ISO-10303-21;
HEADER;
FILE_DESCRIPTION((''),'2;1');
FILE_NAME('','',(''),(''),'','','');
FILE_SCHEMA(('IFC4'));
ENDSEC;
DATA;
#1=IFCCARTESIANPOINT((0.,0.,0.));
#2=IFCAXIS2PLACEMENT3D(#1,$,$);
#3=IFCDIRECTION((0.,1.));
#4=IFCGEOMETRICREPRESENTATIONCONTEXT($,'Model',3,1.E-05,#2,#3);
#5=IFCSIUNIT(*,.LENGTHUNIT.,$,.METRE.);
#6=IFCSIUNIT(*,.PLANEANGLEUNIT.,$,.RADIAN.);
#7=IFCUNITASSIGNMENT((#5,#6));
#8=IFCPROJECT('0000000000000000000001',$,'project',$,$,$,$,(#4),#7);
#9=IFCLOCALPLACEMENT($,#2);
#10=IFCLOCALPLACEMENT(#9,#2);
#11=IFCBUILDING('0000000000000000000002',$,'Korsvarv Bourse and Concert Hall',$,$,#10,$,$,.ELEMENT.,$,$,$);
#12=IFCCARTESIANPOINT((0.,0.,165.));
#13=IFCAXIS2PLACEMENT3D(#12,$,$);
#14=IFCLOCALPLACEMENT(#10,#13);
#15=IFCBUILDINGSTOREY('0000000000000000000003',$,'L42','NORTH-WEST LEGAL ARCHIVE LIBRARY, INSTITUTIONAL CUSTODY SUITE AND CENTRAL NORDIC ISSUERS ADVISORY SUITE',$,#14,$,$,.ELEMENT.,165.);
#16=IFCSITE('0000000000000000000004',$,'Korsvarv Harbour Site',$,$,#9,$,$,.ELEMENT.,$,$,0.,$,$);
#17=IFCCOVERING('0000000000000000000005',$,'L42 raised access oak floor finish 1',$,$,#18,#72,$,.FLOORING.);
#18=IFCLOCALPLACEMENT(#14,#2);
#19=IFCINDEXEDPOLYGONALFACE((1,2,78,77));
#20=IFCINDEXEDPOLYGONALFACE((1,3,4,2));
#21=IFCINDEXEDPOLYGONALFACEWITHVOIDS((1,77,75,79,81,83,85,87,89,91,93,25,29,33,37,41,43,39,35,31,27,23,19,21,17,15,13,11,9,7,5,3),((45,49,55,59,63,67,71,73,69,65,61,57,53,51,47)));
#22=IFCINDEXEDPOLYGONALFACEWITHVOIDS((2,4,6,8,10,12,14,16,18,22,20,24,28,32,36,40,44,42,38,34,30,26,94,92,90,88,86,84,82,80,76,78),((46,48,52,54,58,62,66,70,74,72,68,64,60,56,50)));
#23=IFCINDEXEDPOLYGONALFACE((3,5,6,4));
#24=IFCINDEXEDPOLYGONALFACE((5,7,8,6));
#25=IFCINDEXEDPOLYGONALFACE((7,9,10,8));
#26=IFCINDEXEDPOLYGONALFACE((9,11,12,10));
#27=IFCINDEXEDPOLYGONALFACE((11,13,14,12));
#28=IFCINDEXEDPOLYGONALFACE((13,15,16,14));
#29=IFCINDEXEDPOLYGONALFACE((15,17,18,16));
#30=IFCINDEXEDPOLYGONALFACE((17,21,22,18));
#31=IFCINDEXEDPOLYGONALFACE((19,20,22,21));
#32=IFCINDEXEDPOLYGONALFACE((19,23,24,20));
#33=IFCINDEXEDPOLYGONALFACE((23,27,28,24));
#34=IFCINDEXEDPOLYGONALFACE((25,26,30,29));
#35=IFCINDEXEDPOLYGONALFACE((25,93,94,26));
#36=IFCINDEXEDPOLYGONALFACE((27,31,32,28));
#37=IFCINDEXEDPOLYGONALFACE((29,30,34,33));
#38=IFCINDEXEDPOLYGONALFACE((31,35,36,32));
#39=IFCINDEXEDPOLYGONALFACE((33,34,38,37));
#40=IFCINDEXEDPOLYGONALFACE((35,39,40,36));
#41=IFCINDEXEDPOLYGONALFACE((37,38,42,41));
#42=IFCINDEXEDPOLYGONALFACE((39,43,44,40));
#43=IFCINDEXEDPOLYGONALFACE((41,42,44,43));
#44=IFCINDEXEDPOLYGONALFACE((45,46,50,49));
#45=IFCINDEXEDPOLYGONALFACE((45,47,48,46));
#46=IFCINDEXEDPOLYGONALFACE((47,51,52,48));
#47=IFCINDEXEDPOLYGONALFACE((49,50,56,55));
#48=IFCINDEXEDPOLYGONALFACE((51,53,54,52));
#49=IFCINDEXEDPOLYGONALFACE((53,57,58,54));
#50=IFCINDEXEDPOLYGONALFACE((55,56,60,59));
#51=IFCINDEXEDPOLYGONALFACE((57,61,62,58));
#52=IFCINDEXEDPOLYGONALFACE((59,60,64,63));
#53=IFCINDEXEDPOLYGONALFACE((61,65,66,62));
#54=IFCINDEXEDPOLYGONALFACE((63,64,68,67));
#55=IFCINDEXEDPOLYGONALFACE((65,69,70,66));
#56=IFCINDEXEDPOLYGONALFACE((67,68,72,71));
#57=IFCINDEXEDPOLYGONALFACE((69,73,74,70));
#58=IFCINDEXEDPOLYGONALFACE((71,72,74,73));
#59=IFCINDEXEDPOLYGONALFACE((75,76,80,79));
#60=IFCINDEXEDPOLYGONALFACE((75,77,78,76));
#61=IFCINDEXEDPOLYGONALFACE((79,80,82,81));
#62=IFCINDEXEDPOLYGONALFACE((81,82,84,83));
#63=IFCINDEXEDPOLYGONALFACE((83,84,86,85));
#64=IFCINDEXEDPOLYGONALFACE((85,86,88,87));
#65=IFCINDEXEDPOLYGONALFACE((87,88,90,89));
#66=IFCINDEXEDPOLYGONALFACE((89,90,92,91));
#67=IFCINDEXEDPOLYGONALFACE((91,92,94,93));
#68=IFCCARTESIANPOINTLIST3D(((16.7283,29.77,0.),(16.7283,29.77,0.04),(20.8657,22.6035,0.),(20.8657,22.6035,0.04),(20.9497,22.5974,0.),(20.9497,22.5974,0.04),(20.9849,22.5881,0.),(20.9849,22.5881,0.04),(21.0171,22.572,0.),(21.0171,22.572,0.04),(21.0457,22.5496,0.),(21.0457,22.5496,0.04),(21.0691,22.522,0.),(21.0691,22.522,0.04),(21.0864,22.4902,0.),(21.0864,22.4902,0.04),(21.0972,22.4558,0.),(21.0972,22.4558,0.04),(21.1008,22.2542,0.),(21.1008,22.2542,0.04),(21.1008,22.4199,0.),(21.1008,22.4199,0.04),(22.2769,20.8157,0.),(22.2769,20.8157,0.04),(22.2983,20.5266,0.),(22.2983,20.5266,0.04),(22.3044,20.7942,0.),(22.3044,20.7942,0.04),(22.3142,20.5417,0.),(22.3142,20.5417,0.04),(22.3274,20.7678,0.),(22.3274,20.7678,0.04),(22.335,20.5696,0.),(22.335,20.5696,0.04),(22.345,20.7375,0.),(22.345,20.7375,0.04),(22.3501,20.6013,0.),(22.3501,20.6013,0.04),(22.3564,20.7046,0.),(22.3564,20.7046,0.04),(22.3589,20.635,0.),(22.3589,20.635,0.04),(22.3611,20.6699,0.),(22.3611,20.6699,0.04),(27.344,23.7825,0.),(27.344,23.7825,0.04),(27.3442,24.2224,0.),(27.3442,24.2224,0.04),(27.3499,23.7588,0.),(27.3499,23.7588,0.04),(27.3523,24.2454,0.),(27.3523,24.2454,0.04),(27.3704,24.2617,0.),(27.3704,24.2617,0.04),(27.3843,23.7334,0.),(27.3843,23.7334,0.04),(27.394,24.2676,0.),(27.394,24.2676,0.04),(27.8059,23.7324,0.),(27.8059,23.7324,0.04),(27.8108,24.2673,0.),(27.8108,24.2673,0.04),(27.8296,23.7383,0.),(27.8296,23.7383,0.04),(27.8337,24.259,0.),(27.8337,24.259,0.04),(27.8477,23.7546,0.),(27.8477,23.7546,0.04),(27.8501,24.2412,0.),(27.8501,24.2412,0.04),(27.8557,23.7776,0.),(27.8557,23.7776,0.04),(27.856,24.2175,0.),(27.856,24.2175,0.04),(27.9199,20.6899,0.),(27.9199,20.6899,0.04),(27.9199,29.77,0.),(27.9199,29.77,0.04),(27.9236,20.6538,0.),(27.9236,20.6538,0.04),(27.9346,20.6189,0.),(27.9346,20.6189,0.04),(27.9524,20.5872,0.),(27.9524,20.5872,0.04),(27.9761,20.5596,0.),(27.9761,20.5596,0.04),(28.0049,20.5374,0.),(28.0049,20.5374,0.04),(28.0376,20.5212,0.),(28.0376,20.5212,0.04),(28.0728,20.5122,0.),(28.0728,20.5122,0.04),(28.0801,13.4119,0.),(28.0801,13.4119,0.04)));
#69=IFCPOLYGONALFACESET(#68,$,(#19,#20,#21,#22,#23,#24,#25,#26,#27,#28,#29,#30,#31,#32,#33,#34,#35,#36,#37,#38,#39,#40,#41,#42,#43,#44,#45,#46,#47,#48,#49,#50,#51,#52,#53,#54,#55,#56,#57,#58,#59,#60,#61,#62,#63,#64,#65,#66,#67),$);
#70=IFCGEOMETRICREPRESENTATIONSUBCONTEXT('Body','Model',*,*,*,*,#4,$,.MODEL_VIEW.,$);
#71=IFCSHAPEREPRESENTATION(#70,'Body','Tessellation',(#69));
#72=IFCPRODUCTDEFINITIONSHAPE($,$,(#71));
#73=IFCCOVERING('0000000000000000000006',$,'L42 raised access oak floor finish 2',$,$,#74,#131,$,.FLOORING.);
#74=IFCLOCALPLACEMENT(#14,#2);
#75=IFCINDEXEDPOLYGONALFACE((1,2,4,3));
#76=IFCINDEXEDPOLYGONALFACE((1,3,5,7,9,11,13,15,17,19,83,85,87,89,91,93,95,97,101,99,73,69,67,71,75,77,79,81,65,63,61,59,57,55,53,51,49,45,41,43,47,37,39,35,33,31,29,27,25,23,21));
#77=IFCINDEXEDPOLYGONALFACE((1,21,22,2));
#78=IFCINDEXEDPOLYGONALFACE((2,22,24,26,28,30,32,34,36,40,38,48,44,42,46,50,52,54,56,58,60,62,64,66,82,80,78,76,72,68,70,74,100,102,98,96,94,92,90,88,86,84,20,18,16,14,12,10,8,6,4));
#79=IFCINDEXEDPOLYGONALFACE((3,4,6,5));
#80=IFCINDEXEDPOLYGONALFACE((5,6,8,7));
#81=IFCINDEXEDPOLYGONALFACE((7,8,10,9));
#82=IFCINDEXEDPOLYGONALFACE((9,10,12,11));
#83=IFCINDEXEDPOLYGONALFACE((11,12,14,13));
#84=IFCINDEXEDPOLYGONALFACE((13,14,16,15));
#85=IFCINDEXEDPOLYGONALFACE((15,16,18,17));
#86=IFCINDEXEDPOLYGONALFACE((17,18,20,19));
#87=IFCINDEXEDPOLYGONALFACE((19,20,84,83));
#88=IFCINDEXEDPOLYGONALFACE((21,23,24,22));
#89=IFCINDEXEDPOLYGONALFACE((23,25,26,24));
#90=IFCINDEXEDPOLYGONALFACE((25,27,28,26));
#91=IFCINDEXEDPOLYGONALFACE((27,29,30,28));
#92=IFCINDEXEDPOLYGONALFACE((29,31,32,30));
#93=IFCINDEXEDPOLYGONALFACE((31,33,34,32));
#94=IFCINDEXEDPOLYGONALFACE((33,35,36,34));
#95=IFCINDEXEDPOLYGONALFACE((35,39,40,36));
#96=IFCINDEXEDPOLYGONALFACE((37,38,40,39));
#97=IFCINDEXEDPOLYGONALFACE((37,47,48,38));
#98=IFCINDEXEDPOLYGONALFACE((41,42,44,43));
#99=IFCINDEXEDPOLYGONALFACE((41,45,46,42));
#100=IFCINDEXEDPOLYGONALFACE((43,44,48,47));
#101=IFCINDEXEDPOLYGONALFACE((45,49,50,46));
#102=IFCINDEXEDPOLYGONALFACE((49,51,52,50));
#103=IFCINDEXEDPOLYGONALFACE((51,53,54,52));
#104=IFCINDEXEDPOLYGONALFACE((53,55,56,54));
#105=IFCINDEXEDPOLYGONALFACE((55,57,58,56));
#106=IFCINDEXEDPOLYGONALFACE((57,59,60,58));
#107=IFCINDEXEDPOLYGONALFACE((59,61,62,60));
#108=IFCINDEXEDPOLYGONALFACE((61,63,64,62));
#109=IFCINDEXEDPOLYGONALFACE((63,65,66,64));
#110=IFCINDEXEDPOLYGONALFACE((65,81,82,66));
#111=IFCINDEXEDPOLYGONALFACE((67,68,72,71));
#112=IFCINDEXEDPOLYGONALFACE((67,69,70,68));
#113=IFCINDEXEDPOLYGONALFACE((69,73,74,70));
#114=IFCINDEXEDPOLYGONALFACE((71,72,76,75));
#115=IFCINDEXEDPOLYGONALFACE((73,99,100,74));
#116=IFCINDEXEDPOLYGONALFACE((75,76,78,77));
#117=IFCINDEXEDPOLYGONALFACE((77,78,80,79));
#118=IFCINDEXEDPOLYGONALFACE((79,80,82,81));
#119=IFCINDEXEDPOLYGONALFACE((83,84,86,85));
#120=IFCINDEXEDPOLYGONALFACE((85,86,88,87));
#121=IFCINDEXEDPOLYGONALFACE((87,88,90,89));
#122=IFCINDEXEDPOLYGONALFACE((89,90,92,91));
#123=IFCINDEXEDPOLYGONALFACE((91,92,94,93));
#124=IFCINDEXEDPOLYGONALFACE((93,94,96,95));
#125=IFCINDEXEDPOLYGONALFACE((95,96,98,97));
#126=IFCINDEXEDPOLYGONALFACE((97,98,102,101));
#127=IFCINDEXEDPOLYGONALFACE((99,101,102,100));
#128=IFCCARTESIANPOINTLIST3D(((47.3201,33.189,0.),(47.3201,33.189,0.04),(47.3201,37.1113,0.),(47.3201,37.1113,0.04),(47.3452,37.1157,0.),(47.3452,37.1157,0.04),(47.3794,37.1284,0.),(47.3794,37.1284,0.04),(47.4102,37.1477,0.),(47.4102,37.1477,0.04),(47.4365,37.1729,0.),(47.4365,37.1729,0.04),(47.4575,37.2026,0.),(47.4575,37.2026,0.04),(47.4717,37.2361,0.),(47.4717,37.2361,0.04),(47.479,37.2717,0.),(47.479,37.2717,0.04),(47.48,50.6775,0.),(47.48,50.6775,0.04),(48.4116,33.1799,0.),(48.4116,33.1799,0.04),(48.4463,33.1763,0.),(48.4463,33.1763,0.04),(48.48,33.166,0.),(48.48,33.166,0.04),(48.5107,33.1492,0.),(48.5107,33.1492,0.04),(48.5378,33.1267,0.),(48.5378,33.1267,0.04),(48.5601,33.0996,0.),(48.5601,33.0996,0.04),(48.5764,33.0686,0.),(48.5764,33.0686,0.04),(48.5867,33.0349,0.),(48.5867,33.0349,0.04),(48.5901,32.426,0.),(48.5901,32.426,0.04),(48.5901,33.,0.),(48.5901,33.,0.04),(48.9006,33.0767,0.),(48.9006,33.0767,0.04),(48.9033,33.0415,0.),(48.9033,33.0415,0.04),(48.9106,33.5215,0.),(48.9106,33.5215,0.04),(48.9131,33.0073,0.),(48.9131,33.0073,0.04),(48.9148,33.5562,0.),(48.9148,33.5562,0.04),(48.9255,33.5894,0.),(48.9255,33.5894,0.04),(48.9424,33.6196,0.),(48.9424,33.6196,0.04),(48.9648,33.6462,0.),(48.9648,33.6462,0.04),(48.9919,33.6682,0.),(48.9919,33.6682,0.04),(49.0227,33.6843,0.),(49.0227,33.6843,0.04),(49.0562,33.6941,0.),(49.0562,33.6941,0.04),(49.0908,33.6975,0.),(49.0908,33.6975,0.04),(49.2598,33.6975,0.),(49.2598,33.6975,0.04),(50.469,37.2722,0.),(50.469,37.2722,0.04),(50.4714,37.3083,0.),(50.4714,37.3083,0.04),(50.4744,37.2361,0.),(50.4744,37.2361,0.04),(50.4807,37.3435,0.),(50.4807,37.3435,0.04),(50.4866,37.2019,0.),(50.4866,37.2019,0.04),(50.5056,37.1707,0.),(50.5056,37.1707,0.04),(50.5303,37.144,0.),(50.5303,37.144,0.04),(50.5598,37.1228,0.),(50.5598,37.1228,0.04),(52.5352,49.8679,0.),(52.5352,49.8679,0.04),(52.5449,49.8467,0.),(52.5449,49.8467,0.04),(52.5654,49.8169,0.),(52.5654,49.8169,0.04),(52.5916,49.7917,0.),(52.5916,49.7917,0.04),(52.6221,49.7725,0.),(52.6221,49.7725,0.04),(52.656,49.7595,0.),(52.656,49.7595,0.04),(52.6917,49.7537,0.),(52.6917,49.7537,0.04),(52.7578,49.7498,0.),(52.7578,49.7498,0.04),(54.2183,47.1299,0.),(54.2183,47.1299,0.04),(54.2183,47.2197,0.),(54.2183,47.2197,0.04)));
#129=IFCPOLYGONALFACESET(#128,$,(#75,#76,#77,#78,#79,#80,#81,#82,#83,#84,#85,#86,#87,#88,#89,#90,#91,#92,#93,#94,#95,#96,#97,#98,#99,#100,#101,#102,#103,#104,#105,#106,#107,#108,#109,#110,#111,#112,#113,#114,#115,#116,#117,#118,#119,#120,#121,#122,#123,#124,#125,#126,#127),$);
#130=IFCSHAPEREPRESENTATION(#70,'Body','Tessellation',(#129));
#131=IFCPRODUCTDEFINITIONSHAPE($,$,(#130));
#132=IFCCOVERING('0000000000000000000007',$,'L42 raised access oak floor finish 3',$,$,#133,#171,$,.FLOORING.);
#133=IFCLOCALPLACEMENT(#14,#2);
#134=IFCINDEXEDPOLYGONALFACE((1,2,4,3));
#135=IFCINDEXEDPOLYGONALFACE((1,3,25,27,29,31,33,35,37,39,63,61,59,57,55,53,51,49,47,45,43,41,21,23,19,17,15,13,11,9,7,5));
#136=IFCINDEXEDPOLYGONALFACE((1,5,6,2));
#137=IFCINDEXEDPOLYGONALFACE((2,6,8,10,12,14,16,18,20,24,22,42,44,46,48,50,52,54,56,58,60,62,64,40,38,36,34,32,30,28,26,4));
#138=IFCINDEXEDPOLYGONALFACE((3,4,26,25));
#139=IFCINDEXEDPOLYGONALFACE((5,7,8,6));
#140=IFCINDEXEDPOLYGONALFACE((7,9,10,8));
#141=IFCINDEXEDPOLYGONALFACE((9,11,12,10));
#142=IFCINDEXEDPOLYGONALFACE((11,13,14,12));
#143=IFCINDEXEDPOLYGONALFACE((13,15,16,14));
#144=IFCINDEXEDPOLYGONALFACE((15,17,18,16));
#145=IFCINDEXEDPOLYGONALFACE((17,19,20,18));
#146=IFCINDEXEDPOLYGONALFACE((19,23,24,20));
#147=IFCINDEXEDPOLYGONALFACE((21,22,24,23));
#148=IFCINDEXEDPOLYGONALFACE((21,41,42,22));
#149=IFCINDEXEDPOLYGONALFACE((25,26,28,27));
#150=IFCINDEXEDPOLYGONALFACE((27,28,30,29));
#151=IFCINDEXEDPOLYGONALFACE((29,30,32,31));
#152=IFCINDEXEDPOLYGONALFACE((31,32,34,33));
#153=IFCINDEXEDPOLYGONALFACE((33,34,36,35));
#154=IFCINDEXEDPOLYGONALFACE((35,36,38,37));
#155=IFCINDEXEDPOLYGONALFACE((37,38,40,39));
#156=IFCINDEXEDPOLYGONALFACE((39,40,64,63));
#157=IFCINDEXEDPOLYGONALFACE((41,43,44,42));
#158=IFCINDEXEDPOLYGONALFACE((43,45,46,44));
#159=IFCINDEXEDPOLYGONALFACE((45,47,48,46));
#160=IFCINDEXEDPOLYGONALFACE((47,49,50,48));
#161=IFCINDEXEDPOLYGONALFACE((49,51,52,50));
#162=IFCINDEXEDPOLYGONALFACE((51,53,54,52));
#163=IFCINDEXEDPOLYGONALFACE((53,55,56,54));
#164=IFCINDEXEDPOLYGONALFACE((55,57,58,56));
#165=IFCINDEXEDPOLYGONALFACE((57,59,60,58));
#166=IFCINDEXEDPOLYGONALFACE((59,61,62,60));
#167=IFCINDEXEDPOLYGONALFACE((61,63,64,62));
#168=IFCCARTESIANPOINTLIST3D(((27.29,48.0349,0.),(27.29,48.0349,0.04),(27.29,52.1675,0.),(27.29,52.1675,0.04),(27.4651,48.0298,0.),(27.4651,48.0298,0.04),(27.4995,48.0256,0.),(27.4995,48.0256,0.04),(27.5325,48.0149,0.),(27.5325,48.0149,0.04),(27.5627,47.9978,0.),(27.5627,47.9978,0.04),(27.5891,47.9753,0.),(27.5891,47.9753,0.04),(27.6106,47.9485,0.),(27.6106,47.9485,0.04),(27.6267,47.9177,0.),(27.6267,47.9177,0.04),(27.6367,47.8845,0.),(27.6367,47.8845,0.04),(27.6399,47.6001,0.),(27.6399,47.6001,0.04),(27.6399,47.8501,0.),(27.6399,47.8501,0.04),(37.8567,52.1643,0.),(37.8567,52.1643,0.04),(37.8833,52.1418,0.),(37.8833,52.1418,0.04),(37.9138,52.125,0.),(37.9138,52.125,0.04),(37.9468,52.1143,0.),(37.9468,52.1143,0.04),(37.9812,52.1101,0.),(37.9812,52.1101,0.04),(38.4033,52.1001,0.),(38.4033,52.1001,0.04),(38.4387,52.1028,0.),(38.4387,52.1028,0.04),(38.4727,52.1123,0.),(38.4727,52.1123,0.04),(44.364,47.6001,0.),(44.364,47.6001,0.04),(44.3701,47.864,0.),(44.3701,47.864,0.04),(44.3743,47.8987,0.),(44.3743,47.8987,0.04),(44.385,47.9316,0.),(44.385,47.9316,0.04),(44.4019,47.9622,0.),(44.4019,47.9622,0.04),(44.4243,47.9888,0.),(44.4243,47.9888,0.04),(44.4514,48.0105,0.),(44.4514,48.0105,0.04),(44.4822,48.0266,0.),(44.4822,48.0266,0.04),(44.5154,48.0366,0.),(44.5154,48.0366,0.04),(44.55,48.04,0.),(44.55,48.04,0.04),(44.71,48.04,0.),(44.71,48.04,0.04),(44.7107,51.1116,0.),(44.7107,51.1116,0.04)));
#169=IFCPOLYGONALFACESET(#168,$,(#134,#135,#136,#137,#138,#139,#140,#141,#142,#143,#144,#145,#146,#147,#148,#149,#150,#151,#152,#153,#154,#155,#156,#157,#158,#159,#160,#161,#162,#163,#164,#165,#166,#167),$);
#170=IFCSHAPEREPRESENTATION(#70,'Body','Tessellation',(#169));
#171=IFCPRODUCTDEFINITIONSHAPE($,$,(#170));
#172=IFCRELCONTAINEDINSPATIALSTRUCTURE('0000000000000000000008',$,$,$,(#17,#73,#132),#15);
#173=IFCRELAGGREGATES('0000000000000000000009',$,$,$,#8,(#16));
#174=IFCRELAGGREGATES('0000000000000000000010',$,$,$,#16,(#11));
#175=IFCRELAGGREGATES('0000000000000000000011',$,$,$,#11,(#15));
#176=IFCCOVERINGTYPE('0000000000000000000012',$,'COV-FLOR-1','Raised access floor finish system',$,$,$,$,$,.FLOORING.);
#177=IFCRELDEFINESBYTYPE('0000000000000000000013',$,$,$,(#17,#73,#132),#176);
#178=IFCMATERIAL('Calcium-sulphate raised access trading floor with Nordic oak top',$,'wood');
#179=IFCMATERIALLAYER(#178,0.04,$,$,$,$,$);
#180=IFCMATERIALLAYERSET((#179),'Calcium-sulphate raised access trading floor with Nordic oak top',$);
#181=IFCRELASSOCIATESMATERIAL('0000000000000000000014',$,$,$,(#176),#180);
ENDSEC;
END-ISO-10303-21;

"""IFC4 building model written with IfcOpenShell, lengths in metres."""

from ifc_helpers import new_model, si_unit, direction, frame, origin, place, context, subcontext, project, spatial, polyline, outline, extrude, material, layer, layer_set, type_object, element, save


model = new_model("IFC4")

# Units and contexts
model_context = context("Model", 3, precision=1e-05, world=origin(), true_north=direction((0.0, 1.0)))
body_context = subcontext(model_context, "Body", "Model", "MODEL_VIEW")
ifc_project = project(units=[si_unit("LENGTHUNIT", "METRE"), si_unit("PLANEANGLEUNIT", "RADIAN")], contexts=[model_context])

# Site, building, storey
site_placement = place(None, origin())
site = spatial("IfcSite", under=ifc_project, at=site_placement, Name="Korsvarv Harbour Site", CompositionType="ELEMENT", RefElevation=0.0)
building_placement = place(site_placement, origin())
building = spatial("IfcBuilding", under=site, at=building_placement, Name="Korsvarv Bourse and Concert Hall", CompositionType="ELEMENT")
storey_placement = place(building_placement, frame((0.0, 0.0, 165.0)))
storey = spatial("IfcBuildingStorey", under=building, at=storey_placement, Name="L42", Description="NORTH-WEST LEGAL ARCHIVE LIBRARY, INSTITUTIONAL CUSTODY SUITE AND CENTRAL NORDIC ISSUERS ADVISORY SUITE", CompositionType="ELEMENT", Elevation=165.0)

# Coverings
ifc_material_1 = material(Name="Calcium-sulphate raised access trading floor with Nordic oak top", Category="wood")
ifc_layer_1 = layer(ifc_material_1, 0.04)
ifc_layer_set_1 = layer_set([ifc_layer_1], Name="Calcium-sulphate raised access trading floor with Nordic oak top")
covering_type_1 = type_object("IfcCoveringType", Name="COV-FLOR-1", Description="Raised access floor finish system", PredefinedType="FLOORING", material=ifc_layer_set_1)
covering_1_placement = place(storey_placement, origin())
element("IfcCovering", 1, at=covering_1_placement, inside=storey, type_object=covering_type_1, Name="L42 raised access oak floor finish 1", PredefinedType="FLOORING", context=body_context, shape_type="SweptSolid", body=[
    extrude(outline(polyline([(21.1008, 22.2542), (21.1008, 22.4199), (21.0972, 22.4558), (21.0864, 22.4902), (21.0691, 22.522), (21.0457, 22.5496), (21.0171, 22.572), (20.9849, 22.5881), (20.9497, 22.5974), (20.8657, 22.6035), (16.7283, 29.77), (27.9199, 29.77), (27.9199, 20.6899), (27.9236, 20.6538), (27.9346, 20.6189), (27.9524, 20.5872), (27.9761, 20.5596), (28.0049, 20.5374), (28.0376, 20.5212), (28.0728, 20.5122), (28.0801, 13.4119), (22.2983, 20.5266), (22.3142, 20.5417), (22.335, 20.5696), (22.3501, 20.6013), (22.3589, 20.635), (22.3611, 20.6699), (22.3564, 20.7046), (22.345, 20.7375), (22.3274, 20.7678), (22.3044, 20.7942), (22.2769, 20.8157), (21.1008, 22.2542)]), holes=[polyline([(27.3843, 23.7334), (27.8059, 23.7324), (27.8296, 23.7383), (27.8477, 23.7546), (27.8557, 23.7776), (27.856, 24.2175), (27.8501, 24.2412), (27.8337, 24.259), (27.8108, 24.2673), (27.394, 24.2676), (27.3704, 24.2617), (27.3523, 24.2454), (27.3442, 24.2224), (27.344, 23.7825), (27.3499, 23.7588), (27.3843, 23.7334)])]), origin(), (0.0, 0.0, 1.0), 0.04),
])
covering_2_placement = place(storey_placement, origin())
element("IfcCovering", 2, at=covering_2_placement, inside=storey, type_object=covering_type_1, Name="L42 raised access oak floor finish 2", PredefinedType="FLOORING", context=body_context, shape_type="SweptSolid", body=[
    extrude(outline(polyline([(47.3201, 37.1113), (47.3452, 37.1157), (47.3794, 37.1284), (47.4102, 37.1477), (47.4365, 37.1729), (47.4575, 37.2026), (47.4717, 37.2361), (47.479, 37.2717), (47.48, 50.6775), (52.5352, 49.8679), (52.5449, 49.8467), (52.5654, 49.8169), (52.5916, 49.7917), (52.6221, 49.7725), (52.656, 49.7595), (52.6917, 49.7537), (52.7578, 49.7498), (54.2183, 47.2197), (54.2183, 47.1299), (50.4807, 37.3435), (50.4714, 37.3083), (50.469, 37.2722), (50.4744, 37.2361), (50.4866, 37.2019), (50.5056, 37.1707), (50.5303, 37.144), (50.5598, 37.1228), (49.2598, 33.6975), (49.0908, 33.6975), (49.0562, 33.6941), (49.0227, 33.6843), (48.9919, 33.6682), (48.9648, 33.6462), (48.9424, 33.6196), (48.9255, 33.5894), (48.9148, 33.5562), (48.9106, 33.5215), (48.9006, 33.0767), (48.9033, 33.0415), (48.9131, 33.0073), (48.5901, 32.426), (48.5901, 33.0), (48.5867, 33.0349), (48.5764, 33.0686), (48.5601, 33.0996), (48.5378, 33.1267), (48.5107, 33.1492), (48.48, 33.166), (48.4463, 33.1763), (48.4116, 33.1799), (47.3201, 33.189), (47.3201, 37.1113)])), origin(), (0.0, 0.0, 1.0), 0.04),
])
covering_3_placement = place(storey_placement, origin())
element("IfcCovering", 3, at=covering_3_placement, inside=storey, type_object=covering_type_1, Name="L42 raised access oak floor finish 3", PredefinedType="FLOORING", context=body_context, shape_type="SweptSolid", body=[
    extrude(outline(polyline([(37.8567, 52.1643), (37.8833, 52.1418), (37.9138, 52.125), (37.9468, 52.1143), (37.9812, 52.1101), (38.4033, 52.1001), (38.4387, 52.1028), (38.4727, 52.1123), (44.7107, 51.1116), (44.71, 48.04), (44.55, 48.04), (44.5154, 48.0366), (44.4822, 48.0266), (44.4514, 48.0105), (44.4243, 47.9888), (44.4019, 47.9622), (44.385, 47.9316), (44.3743, 47.8987), (44.3701, 47.864), (44.364, 47.6001), (27.6399, 47.6001), (27.6399, 47.8501), (27.6367, 47.8845), (27.6267, 47.9177), (27.6106, 47.9485), (27.5891, 47.9753), (27.5627, 47.9978), (27.5325, 48.0149), (27.4995, 48.0256), (27.4651, 48.0298), (27.29, 48.0349), (27.29, 52.1675), (37.8567, 52.1643)])), origin(), (0.0, 0.0, 1.0), 0.04),
])

save(model, "model.ifc")
